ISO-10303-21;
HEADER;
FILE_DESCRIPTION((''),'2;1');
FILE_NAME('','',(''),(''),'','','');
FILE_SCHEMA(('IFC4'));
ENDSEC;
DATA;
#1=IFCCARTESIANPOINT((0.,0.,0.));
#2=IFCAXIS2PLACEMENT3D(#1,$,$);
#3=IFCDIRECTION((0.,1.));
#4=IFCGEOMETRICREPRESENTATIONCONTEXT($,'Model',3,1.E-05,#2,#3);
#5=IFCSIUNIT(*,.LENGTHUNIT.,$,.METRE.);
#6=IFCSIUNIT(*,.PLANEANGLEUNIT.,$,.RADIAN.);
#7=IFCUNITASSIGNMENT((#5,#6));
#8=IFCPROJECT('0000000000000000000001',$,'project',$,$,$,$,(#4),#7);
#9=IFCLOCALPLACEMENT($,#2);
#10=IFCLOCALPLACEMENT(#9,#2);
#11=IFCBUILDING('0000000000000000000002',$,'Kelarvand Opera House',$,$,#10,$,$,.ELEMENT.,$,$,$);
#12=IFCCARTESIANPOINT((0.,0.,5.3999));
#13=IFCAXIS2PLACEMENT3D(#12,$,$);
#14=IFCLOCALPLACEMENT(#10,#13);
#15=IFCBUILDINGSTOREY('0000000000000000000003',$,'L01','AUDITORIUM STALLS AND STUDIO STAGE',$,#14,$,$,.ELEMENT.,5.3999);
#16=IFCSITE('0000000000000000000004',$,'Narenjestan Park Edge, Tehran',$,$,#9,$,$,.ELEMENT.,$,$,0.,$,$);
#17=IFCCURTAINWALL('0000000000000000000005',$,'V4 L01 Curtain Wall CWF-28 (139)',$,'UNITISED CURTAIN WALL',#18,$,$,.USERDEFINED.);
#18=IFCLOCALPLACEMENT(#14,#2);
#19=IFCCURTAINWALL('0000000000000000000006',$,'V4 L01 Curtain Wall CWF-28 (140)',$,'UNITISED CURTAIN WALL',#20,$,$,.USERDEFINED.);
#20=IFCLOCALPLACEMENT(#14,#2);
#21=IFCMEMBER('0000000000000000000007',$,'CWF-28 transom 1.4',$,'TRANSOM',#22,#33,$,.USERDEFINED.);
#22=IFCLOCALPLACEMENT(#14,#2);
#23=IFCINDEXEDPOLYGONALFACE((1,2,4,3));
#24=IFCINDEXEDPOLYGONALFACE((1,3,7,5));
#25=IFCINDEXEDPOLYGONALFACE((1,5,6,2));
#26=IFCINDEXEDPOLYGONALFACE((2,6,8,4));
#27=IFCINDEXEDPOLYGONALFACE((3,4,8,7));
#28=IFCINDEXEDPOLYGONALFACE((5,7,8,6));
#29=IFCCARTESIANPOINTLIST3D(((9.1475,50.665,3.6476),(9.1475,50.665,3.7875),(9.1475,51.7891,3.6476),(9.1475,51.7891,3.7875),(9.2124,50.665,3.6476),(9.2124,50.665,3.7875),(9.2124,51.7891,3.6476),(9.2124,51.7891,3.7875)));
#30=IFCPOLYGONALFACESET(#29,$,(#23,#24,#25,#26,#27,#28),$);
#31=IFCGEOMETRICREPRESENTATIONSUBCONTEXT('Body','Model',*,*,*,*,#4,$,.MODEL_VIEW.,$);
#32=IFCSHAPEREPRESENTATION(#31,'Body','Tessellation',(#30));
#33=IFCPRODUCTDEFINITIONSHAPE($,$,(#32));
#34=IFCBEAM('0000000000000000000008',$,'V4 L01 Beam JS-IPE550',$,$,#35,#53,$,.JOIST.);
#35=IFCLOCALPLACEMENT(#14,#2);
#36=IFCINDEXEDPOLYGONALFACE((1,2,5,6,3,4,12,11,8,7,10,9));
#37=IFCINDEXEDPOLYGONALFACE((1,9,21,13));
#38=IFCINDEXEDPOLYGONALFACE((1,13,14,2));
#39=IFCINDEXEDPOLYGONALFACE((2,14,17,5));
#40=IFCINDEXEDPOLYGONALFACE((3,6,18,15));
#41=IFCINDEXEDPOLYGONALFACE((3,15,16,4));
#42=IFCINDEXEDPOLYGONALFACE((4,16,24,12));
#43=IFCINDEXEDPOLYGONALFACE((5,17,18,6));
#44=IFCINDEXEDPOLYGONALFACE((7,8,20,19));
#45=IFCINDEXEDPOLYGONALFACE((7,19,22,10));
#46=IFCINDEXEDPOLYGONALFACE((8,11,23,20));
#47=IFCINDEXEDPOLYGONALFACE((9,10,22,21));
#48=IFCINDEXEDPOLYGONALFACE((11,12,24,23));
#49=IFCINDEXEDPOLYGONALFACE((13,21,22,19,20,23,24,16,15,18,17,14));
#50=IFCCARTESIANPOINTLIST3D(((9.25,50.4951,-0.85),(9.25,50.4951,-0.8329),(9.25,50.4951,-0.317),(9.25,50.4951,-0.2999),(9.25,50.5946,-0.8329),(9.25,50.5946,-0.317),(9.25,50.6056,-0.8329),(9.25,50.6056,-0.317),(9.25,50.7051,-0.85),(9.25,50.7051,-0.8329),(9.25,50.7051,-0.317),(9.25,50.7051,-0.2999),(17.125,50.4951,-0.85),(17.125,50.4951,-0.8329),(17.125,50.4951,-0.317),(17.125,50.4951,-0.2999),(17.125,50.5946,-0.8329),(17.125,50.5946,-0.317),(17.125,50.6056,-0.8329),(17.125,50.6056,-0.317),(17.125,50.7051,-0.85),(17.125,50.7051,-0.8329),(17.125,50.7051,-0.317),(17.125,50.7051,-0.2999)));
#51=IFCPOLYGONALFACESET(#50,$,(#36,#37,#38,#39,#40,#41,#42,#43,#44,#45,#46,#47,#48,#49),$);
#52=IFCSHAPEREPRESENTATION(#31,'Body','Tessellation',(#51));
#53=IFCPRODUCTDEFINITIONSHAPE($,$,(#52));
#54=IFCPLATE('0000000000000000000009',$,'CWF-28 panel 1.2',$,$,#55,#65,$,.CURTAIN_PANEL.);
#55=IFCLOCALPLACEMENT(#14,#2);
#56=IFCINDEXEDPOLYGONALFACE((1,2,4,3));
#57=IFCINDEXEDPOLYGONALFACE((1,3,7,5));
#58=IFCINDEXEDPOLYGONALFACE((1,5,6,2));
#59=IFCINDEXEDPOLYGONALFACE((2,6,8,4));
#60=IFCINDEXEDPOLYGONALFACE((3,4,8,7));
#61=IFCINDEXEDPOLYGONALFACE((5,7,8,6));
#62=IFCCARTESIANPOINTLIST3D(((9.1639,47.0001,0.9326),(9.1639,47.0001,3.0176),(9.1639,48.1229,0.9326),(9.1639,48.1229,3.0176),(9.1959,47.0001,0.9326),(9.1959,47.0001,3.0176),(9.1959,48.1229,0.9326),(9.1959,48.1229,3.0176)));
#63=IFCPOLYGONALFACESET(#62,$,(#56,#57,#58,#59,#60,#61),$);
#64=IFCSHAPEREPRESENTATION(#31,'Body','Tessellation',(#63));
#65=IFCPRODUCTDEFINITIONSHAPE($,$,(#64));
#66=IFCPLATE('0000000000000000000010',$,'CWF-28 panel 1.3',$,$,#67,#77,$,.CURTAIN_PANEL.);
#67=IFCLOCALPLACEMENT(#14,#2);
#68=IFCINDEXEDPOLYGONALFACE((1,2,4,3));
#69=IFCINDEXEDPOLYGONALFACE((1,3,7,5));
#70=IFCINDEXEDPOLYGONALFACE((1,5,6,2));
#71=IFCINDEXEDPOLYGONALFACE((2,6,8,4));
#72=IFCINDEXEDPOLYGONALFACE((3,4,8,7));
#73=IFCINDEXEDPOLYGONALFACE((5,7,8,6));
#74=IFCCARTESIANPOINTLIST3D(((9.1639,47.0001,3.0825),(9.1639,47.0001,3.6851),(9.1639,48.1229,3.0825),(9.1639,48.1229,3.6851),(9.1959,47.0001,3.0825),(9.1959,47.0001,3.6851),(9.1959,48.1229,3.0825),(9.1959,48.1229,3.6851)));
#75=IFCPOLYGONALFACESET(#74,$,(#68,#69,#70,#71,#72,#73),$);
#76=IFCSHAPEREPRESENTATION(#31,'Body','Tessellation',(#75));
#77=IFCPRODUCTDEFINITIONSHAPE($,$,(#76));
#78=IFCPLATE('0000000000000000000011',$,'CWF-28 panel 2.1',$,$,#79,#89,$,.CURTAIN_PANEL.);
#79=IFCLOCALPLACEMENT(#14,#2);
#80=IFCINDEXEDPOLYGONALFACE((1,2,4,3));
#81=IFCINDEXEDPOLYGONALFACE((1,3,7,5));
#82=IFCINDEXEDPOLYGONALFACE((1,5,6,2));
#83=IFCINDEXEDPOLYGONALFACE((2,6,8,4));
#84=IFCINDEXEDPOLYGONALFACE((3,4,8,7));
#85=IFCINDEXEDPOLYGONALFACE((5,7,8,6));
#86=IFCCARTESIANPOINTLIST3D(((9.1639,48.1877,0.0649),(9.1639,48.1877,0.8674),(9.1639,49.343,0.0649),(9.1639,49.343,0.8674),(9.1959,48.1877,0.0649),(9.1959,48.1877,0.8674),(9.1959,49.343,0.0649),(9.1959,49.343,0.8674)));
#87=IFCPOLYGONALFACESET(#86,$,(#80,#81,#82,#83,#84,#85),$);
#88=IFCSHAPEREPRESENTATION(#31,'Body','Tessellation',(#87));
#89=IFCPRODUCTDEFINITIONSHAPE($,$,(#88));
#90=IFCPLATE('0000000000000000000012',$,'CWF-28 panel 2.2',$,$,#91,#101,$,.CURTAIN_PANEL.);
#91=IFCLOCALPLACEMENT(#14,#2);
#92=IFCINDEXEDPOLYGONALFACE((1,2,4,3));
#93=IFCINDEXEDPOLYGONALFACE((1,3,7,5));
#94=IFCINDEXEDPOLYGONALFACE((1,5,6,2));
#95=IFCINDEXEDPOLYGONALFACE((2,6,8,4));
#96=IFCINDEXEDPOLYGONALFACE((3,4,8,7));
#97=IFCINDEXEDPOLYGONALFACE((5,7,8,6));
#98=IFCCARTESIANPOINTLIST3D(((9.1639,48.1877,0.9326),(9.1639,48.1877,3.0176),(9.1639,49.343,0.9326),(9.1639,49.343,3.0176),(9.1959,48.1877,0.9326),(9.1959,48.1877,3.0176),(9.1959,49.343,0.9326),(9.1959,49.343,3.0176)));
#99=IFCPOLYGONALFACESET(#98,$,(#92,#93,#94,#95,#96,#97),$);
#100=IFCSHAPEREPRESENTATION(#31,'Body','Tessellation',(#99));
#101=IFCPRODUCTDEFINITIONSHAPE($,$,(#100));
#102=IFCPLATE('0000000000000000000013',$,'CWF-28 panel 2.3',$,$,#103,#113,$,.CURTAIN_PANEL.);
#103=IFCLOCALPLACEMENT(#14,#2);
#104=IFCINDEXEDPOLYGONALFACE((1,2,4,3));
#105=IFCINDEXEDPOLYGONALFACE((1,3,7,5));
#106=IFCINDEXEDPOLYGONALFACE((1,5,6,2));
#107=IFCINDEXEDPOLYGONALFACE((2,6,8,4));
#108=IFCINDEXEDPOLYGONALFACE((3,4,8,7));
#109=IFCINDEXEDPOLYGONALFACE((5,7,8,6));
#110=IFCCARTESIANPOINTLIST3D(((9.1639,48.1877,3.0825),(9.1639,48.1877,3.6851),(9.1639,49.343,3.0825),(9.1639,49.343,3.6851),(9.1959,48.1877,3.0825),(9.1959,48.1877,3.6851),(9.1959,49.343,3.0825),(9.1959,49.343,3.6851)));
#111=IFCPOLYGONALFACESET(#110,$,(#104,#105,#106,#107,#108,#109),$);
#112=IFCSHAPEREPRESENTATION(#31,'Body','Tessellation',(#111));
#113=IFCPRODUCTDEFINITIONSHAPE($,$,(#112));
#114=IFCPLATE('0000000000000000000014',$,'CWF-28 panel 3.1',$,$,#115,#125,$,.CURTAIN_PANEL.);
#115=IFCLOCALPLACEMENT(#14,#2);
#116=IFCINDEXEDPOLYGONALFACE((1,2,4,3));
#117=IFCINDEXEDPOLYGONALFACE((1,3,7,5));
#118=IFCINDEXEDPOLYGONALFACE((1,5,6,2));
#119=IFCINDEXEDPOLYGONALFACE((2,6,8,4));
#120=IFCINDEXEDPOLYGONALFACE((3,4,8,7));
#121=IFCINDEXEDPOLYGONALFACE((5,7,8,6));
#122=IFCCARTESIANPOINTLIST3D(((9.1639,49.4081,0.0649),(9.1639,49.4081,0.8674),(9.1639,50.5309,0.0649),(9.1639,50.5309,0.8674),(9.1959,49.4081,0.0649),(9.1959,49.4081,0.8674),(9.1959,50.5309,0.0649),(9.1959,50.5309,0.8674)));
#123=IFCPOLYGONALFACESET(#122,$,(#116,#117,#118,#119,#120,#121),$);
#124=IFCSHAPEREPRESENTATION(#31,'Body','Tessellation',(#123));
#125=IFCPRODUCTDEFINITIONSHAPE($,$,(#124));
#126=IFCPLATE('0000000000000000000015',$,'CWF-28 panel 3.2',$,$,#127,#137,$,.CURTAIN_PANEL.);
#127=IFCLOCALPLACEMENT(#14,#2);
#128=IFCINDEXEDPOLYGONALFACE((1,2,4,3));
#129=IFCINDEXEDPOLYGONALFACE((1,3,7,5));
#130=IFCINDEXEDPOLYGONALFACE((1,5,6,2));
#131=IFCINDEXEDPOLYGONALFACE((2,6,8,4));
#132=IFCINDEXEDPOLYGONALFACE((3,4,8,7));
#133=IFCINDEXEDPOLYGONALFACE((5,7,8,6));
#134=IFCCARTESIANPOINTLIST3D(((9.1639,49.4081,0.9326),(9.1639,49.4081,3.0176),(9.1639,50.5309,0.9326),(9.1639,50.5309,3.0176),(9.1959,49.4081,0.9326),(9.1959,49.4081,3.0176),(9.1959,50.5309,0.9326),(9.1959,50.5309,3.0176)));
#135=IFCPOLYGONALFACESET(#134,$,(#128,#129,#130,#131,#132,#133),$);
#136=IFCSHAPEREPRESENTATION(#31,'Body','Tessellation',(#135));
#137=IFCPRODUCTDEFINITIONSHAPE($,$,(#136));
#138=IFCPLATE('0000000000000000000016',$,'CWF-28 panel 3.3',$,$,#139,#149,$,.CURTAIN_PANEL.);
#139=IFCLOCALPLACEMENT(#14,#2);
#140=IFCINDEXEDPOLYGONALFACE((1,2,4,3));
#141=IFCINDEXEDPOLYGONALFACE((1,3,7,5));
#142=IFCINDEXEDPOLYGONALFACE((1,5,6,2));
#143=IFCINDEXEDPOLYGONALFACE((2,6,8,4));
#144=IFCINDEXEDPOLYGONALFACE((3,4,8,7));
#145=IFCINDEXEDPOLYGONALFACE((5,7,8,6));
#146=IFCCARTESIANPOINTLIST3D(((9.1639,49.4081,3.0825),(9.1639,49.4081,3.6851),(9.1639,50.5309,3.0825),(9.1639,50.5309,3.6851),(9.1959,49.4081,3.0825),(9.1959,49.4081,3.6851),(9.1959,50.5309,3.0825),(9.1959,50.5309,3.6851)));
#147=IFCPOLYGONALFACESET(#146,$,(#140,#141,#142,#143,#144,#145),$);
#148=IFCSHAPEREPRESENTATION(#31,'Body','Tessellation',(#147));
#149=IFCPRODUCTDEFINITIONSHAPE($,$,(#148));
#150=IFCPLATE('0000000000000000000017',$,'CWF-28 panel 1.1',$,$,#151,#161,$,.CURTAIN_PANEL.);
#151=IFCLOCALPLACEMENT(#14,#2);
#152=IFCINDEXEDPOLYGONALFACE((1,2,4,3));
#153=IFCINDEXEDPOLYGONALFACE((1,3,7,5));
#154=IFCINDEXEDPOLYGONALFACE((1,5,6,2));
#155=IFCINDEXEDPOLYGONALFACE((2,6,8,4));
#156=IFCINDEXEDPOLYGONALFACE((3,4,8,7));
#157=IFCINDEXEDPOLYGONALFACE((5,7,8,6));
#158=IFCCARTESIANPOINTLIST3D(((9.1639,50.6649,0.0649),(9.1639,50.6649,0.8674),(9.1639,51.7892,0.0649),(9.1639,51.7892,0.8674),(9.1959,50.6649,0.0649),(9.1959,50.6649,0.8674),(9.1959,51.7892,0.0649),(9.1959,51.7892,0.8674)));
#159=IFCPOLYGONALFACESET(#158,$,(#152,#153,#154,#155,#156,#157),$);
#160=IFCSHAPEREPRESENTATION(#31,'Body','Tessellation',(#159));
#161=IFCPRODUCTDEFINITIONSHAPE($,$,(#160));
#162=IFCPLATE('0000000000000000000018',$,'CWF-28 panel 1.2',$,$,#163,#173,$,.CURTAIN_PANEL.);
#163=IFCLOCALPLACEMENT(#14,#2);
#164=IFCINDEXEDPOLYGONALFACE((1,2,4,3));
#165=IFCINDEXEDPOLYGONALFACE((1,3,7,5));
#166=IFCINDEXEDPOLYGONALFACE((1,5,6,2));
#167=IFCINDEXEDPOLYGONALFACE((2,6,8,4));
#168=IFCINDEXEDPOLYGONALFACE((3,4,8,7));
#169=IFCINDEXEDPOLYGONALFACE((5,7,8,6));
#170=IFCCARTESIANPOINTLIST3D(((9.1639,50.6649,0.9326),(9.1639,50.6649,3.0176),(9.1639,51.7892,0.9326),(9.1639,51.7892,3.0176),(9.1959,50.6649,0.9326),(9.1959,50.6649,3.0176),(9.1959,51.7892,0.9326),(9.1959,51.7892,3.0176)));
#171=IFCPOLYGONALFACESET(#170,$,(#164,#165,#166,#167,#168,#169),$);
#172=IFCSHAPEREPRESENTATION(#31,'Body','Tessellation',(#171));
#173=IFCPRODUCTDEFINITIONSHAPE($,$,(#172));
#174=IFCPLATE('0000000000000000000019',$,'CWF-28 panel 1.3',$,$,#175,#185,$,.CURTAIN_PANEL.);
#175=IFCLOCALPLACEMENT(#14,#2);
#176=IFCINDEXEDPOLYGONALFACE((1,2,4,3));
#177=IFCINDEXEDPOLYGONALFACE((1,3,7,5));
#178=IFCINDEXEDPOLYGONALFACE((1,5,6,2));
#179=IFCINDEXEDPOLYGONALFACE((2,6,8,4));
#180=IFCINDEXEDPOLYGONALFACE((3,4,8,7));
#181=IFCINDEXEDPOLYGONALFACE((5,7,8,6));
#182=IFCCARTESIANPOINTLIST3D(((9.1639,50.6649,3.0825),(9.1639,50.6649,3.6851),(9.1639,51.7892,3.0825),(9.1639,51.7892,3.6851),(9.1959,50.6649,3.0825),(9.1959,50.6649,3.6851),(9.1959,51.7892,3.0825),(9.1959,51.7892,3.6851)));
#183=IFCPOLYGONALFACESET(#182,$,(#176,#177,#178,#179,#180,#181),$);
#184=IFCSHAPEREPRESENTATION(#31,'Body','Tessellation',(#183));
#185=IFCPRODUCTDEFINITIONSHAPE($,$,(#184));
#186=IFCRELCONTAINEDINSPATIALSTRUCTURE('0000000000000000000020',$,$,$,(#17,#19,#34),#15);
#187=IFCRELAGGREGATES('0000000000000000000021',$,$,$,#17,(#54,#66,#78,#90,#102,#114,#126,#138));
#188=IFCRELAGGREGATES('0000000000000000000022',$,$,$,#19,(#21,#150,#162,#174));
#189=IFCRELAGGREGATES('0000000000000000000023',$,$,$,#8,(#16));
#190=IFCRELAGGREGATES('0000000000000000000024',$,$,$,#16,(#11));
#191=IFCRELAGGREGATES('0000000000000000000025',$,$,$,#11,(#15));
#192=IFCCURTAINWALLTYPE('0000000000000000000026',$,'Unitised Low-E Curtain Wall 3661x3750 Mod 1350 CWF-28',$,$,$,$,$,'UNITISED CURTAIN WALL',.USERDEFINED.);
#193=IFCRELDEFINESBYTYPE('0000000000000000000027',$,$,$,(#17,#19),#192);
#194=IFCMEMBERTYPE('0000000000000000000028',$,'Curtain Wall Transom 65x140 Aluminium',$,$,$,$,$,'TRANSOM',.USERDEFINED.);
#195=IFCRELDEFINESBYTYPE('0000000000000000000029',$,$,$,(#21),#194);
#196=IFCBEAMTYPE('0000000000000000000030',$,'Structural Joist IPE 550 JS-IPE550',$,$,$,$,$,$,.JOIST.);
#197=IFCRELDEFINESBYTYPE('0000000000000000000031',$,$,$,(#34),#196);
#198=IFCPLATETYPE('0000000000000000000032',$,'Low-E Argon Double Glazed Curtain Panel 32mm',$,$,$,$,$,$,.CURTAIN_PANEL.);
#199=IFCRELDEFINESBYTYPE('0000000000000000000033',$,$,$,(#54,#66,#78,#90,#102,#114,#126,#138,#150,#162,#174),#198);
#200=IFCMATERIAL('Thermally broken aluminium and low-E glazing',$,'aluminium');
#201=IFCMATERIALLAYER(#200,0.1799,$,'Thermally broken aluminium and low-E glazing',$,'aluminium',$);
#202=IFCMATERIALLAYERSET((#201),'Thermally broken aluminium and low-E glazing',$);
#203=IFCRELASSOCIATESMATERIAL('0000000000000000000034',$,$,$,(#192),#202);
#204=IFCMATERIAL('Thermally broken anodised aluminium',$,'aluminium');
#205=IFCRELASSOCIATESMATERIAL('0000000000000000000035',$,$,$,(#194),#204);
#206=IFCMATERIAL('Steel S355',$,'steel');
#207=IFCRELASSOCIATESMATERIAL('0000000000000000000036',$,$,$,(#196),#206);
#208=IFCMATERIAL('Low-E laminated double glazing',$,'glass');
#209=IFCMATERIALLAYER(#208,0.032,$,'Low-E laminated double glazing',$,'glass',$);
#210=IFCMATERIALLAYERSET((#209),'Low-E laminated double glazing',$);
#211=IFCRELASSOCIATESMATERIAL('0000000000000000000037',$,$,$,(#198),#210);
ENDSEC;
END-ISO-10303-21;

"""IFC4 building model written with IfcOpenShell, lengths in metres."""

from ifc_helpers import new_model, si_unit, direction, frame, origin, origin_2d, place, context, subcontext, project, spatial, rectangle, i_section, extrude, material, layer, layer_set, material_profile, profile_set, type_object, element, aggregate, save


model = new_model("IFC4")

# Units and contexts
model_context = context("Model", 3, precision=1e-05, world=origin(), true_north=direction((0.0, 1.0)))
body_context = subcontext(model_context, "Body", "Model", "MODEL_VIEW")
ifc_project = project(units=[si_unit("LENGTHUNIT", "METRE"), si_unit("PLANEANGLEUNIT", "RADIAN")], contexts=[model_context])

# Site, building, storey
site_placement = place(None, origin())
site = spatial("IfcSite", under=ifc_project, at=site_placement, Name="Narenjestan Park Edge, Tehran", CompositionType="ELEMENT", RefElevation=0.0)
building_placement = place(site_placement, origin())
building = spatial("IfcBuilding", under=site, at=building_placement, Name="Kelarvand Opera House", CompositionType="ELEMENT")
storey_placement = place(building_placement, frame((0.0, 0.0, 5.3999)))
storey = spatial("IfcBuildingStorey", under=building, at=storey_placement, Name="L01", Description="AUDITORIUM STALLS AND STUDIO STAGE", CompositionType="ELEMENT", Elevation=5.3999)

# Curtain wall
ifc_material_1 = material(Name="Thermally broken aluminium and low-E glazing", Category="aluminium")
ifc_layer_1 = layer(ifc_material_1, 0.1799, Name="Thermally broken aluminium and low-E glazing", Category="aluminium")
ifc_layer_set_1 = layer_set([ifc_layer_1], Name="Thermally broken aluminium and low-E glazing")
curtain_wall_type = type_object("IfcCurtainWallType", Name="Unitised Low-E Curtain Wall 3661x3750 Mod 1350 CWF-28", ElementType="UNITISED CURTAIN WALL", PredefinedType="USERDEFINED", material=ifc_layer_set_1)
curtain_wall_1_placement = place(storey_placement, origin())
curtain_wall_1 = element("IfcCurtainWall", 1, at=curtain_wall_1_placement, inside=storey, type_object=curtain_wall_type, Name="V4 L01 Curtain Wall CWF-28 (139)", ObjectType="UNITISED CURTAIN WALL", PredefinedType="USERDEFINED")
ifc_material_2 = material(Name="Thermally broken anodised aluminium", Category="aluminium")

# Curtain wall
curtain_wall_2_placement = place(storey_placement, origin())
curtain_wall_2 = element("IfcCurtainWall", 2, at=curtain_wall_2_placement, inside=storey, type_object=curtain_wall_type, Name="V4 L01 Curtain Wall CWF-28 (140)", ObjectType="UNITISED CURTAIN WALL", PredefinedType="USERDEFINED")

# Member
ifc_material_profile_1 = material_profile(ifc_material_2, rectangle(XDim=0.0649, YDim=0.1399, at=origin_2d()), Name="ALU TRANSOM 65x140", Category="aluminium")
ifc_profile_set_1 = profile_set([ifc_material_profile_1], Name="Thermally broken anodised aluminium")
member_type_1 = type_object("IfcMemberType", Name="Curtain Wall Transom 65x140 Aluminium", ElementType="TRANSOM", PredefinedType="USERDEFINED", material=ifc_profile_set_1)
member_1_placement = place(storey_placement, frame((9.1799, 50.665, 3.7175), z_axis=(0.0, 1.0, 0.0), x_axis=(-1.0, 0.0, 0.0)))
member_1 = element("IfcMember", 3, at=member_1_placement, type_object=member_type_1, Name="CWF-28 transom 1.4", ObjectType="TRANSOM", PredefinedType="USERDEFINED", context=body_context, shape_type="SweptSolid", body=[
    extrude(rectangle(XDim=0.0649, YDim=0.1399, at=origin_2d()), origin(), (0.0, 0.0, 1.0), 1.124),
])

# Beam
ifc_material_3 = material(Name="Steel S355", Category="steel")
ifc_material_profile_2 = material_profile(ifc_material_3, i_section(OverallWidth=0.21, OverallDepth=0.55, WebThickness=0.011, FlangeThickness=0.0171, at=origin_2d()), Name="IPE 550", Category="steel")
ifc_profile_set_2 = profile_set([ifc_material_profile_2], Name="Steel S355")
beam_type = type_object("IfcBeamType", Name="Structural Joist IPE 550 JS-IPE550", PredefinedType="JOIST", material=ifc_profile_set_2)
beam_placement = place(storey_placement, frame((9.25, 50.6001, -0.575), z_axis=(1.0, 0.0, 0.0), x_axis=(0.0, 1.0, 0.0)))
element("IfcBeam", 4, at=beam_placement, inside=storey, type_object=beam_type, Name="V4 L01 Beam JS-IPE550", PredefinedType="JOIST", context=body_context, shape_type="SweptSolid", body=[
    extrude(i_section(OverallWidth=0.21, OverallDepth=0.55, WebThickness=0.011, FlangeThickness=0.0171, at=origin_2d()), origin(), (0.0, 0.0, 1.0), 7.875),
])

# Plates
ifc_material_4 = material(Name="Low-E laminated double glazing", Category="glass")
ifc_layer_2 = layer(ifc_material_4, 0.032, Name="Low-E laminated double glazing", Category="glass")
ifc_layer_set_2 = layer_set([ifc_layer_2], Name="Low-E laminated double glazing")
plate_type = type_object("IfcPlateType", Name="Low-E Argon Double Glazed Curtain Panel 32mm", PredefinedType="CURTAIN_PANEL", material=ifc_layer_set_2)
plate_1_placement = place(storey_placement, frame((9.1799, 47.5615, 0.9326), z_axis=(0.0, 0.0, 1.0), x_axis=(0.0, 1.0, 0.0)))
plate_1 = element("IfcPlate", 5, at=plate_1_placement, type_object=plate_type, Name="CWF-28 panel 1.2", PredefinedType="CURTAIN_PANEL", context=body_context, shape_type="SweptSolid", body=[
    extrude(rectangle(XDim=1.1228, YDim=0.032, at=origin_2d()), origin(), (0.0, 0.0, 1.0), 2.085),
])
plate_2_placement = place(storey_placement, frame((9.1799, 47.5615, 3.0825), z_axis=(0.0, 0.0, 1.0), x_axis=(0.0, 1.0, 0.0)))
plate_2 = element("IfcPlate", 6, at=plate_2_placement, type_object=plate_type, Name="CWF-28 panel 1.3", PredefinedType="CURTAIN_PANEL", context=body_context, shape_type="SweptSolid", body=[
    extrude(rectangle(XDim=1.1228, YDim=0.032, at=origin_2d()), origin(), (0.0, 0.0, 1.0), 0.6025),
])
plate_3_placement = place(storey_placement, frame((9.1799, 48.7654, 0.0649), z_axis=(0.0, 0.0, 1.0), x_axis=(0.0, 1.0, 0.0)))
plate_3 = element("IfcPlate", 7, at=plate_3_placement, type_object=plate_type, Name="CWF-28 panel 2.1", PredefinedType="CURTAIN_PANEL", context=body_context, shape_type="SweptSolid", body=[
    extrude(rectangle(XDim=1.1553, YDim=0.032, at=origin_2d()), origin(), (0.0, 0.0, 1.0), 0.8025),
])
plate_4_placement = place(storey_placement, frame((9.1799, 48.7654, 0.9326), z_axis=(0.0, 0.0, 1.0), x_axis=(0.0, 1.0, 0.0)))
plate_4 = element("IfcPlate", 8, at=plate_4_placement, type_object=plate_type, Name="CWF-28 panel 2.2", PredefinedType="CURTAIN_PANEL", context=body_context, shape_type="SweptSolid", body=[
    extrude(rectangle(XDim=1.1553, YDim=0.032, at=origin_2d()), origin(), (0.0, 0.0, 1.0), 2.085),
])
plate_5_placement = place(storey_placement, frame((9.1799, 48.7654, 3.0825), z_axis=(0.0, 0.0, 1.0), x_axis=(0.0, 1.0, 0.0)))
plate_5 = element("IfcPlate", 9, at=plate_5_placement, type_object=plate_type, Name="CWF-28 panel 2.3", PredefinedType="CURTAIN_PANEL", context=body_context, shape_type="SweptSolid", body=[
    extrude(rectangle(XDim=1.1553, YDim=0.032, at=origin_2d()), origin(), (0.0, 0.0, 1.0), 0.6025),
])
plate_6_placement = place(storey_placement, frame((9.1799, 49.9695, 0.0649), z_axis=(0.0, 0.0, 1.0), x_axis=(0.0, 1.0, 0.0)))
plate_6 = element("IfcPlate", 10, at=plate_6_placement, type_object=plate_type, Name="CWF-28 panel 3.1", PredefinedType="CURTAIN_PANEL", context=body_context, shape_type="SweptSolid", body=[
    extrude(rectangle(XDim=1.1228, YDim=0.032, at=origin_2d()), origin(), (0.0, 0.0, 1.0), 0.8025),
])
plate_7_placement = place(storey_placement, frame((9.1799, 49.9695, 0.9326), z_axis=(0.0, 0.0, 1.0), x_axis=(0.0, 1.0, 0.0)))
plate_7 = element("IfcPlate", 11, at=plate_7_placement, type_object=plate_type, Name="CWF-28 panel 3.2", PredefinedType="CURTAIN_PANEL", context=body_context, shape_type="SweptSolid", body=[
    extrude(rectangle(XDim=1.1228, YDim=0.032, at=origin_2d()), origin(), (0.0, 0.0, 1.0), 2.085),
])
plate_8_placement = place(storey_placement, frame((9.1799, 49.9695, 3.0825), z_axis=(0.0, 0.0, 1.0), x_axis=(0.0, 1.0, 0.0)))
plate_8 = element("IfcPlate", 12, at=plate_8_placement, type_object=plate_type, Name="CWF-28 panel 3.3", PredefinedType="CURTAIN_PANEL", context=body_context, shape_type="SweptSolid", body=[
    extrude(rectangle(XDim=1.1228, YDim=0.032, at=origin_2d()), origin(), (0.0, 0.0, 1.0), 0.6025),
])
aggregate(curtain_wall_1, [plate_1, plate_2, plate_3, plate_4, plate_5, plate_6, plate_7, plate_8])
plate_9_placement = place(storey_placement, frame((9.1799, 51.2271, 0.0649), z_axis=(0.0, 0.0, 1.0), x_axis=(0.0, 1.0, 0.0)))
plate_9 = element("IfcPlate", 13, at=plate_9_placement, type_object=plate_type, Name="CWF-28 panel 1.1", PredefinedType="CURTAIN_PANEL", context=body_context, shape_type="SweptSolid", body=[
    extrude(rectangle(XDim=1.1243, YDim=0.032, at=origin_2d()), origin(), (0.0, 0.0, 1.0), 0.8025),
])
plate_10_placement = place(storey_placement, frame((9.1799, 51.2271, 0.9326), z_axis=(0.0, 0.0, 1.0), x_axis=(0.0, 1.0, 0.0)))
plate_10 = element("IfcPlate", 14, at=plate_10_placement, type_object=plate_type, Name="CWF-28 panel 1.2", PredefinedType="CURTAIN_PANEL", context=body_context, shape_type="SweptSolid", body=[
    extrude(rectangle(XDim=1.1243, YDim=0.032, at=origin_2d()), origin(), (0.0, 0.0, 1.0), 2.085),
])
plate_11_placement = place(storey_placement, frame((9.1799, 51.2271, 3.0825), z_axis=(0.0, 0.0, 1.0), x_axis=(0.0, 1.0, 0.0)))
plate_11 = element("IfcPlate", 15, at=plate_11_placement, type_object=plate_type, Name="CWF-28 panel 1.3", PredefinedType="CURTAIN_PANEL", context=body_context, shape_type="SweptSolid", body=[
    extrude(rectangle(XDim=1.1243, YDim=0.032, at=origin_2d()), origin(), (0.0, 0.0, 1.0), 0.6025),
])
aggregate(curtain_wall_2, [member_1, plate_9, plate_10, plate_11])

save(model, "model.ifc")
